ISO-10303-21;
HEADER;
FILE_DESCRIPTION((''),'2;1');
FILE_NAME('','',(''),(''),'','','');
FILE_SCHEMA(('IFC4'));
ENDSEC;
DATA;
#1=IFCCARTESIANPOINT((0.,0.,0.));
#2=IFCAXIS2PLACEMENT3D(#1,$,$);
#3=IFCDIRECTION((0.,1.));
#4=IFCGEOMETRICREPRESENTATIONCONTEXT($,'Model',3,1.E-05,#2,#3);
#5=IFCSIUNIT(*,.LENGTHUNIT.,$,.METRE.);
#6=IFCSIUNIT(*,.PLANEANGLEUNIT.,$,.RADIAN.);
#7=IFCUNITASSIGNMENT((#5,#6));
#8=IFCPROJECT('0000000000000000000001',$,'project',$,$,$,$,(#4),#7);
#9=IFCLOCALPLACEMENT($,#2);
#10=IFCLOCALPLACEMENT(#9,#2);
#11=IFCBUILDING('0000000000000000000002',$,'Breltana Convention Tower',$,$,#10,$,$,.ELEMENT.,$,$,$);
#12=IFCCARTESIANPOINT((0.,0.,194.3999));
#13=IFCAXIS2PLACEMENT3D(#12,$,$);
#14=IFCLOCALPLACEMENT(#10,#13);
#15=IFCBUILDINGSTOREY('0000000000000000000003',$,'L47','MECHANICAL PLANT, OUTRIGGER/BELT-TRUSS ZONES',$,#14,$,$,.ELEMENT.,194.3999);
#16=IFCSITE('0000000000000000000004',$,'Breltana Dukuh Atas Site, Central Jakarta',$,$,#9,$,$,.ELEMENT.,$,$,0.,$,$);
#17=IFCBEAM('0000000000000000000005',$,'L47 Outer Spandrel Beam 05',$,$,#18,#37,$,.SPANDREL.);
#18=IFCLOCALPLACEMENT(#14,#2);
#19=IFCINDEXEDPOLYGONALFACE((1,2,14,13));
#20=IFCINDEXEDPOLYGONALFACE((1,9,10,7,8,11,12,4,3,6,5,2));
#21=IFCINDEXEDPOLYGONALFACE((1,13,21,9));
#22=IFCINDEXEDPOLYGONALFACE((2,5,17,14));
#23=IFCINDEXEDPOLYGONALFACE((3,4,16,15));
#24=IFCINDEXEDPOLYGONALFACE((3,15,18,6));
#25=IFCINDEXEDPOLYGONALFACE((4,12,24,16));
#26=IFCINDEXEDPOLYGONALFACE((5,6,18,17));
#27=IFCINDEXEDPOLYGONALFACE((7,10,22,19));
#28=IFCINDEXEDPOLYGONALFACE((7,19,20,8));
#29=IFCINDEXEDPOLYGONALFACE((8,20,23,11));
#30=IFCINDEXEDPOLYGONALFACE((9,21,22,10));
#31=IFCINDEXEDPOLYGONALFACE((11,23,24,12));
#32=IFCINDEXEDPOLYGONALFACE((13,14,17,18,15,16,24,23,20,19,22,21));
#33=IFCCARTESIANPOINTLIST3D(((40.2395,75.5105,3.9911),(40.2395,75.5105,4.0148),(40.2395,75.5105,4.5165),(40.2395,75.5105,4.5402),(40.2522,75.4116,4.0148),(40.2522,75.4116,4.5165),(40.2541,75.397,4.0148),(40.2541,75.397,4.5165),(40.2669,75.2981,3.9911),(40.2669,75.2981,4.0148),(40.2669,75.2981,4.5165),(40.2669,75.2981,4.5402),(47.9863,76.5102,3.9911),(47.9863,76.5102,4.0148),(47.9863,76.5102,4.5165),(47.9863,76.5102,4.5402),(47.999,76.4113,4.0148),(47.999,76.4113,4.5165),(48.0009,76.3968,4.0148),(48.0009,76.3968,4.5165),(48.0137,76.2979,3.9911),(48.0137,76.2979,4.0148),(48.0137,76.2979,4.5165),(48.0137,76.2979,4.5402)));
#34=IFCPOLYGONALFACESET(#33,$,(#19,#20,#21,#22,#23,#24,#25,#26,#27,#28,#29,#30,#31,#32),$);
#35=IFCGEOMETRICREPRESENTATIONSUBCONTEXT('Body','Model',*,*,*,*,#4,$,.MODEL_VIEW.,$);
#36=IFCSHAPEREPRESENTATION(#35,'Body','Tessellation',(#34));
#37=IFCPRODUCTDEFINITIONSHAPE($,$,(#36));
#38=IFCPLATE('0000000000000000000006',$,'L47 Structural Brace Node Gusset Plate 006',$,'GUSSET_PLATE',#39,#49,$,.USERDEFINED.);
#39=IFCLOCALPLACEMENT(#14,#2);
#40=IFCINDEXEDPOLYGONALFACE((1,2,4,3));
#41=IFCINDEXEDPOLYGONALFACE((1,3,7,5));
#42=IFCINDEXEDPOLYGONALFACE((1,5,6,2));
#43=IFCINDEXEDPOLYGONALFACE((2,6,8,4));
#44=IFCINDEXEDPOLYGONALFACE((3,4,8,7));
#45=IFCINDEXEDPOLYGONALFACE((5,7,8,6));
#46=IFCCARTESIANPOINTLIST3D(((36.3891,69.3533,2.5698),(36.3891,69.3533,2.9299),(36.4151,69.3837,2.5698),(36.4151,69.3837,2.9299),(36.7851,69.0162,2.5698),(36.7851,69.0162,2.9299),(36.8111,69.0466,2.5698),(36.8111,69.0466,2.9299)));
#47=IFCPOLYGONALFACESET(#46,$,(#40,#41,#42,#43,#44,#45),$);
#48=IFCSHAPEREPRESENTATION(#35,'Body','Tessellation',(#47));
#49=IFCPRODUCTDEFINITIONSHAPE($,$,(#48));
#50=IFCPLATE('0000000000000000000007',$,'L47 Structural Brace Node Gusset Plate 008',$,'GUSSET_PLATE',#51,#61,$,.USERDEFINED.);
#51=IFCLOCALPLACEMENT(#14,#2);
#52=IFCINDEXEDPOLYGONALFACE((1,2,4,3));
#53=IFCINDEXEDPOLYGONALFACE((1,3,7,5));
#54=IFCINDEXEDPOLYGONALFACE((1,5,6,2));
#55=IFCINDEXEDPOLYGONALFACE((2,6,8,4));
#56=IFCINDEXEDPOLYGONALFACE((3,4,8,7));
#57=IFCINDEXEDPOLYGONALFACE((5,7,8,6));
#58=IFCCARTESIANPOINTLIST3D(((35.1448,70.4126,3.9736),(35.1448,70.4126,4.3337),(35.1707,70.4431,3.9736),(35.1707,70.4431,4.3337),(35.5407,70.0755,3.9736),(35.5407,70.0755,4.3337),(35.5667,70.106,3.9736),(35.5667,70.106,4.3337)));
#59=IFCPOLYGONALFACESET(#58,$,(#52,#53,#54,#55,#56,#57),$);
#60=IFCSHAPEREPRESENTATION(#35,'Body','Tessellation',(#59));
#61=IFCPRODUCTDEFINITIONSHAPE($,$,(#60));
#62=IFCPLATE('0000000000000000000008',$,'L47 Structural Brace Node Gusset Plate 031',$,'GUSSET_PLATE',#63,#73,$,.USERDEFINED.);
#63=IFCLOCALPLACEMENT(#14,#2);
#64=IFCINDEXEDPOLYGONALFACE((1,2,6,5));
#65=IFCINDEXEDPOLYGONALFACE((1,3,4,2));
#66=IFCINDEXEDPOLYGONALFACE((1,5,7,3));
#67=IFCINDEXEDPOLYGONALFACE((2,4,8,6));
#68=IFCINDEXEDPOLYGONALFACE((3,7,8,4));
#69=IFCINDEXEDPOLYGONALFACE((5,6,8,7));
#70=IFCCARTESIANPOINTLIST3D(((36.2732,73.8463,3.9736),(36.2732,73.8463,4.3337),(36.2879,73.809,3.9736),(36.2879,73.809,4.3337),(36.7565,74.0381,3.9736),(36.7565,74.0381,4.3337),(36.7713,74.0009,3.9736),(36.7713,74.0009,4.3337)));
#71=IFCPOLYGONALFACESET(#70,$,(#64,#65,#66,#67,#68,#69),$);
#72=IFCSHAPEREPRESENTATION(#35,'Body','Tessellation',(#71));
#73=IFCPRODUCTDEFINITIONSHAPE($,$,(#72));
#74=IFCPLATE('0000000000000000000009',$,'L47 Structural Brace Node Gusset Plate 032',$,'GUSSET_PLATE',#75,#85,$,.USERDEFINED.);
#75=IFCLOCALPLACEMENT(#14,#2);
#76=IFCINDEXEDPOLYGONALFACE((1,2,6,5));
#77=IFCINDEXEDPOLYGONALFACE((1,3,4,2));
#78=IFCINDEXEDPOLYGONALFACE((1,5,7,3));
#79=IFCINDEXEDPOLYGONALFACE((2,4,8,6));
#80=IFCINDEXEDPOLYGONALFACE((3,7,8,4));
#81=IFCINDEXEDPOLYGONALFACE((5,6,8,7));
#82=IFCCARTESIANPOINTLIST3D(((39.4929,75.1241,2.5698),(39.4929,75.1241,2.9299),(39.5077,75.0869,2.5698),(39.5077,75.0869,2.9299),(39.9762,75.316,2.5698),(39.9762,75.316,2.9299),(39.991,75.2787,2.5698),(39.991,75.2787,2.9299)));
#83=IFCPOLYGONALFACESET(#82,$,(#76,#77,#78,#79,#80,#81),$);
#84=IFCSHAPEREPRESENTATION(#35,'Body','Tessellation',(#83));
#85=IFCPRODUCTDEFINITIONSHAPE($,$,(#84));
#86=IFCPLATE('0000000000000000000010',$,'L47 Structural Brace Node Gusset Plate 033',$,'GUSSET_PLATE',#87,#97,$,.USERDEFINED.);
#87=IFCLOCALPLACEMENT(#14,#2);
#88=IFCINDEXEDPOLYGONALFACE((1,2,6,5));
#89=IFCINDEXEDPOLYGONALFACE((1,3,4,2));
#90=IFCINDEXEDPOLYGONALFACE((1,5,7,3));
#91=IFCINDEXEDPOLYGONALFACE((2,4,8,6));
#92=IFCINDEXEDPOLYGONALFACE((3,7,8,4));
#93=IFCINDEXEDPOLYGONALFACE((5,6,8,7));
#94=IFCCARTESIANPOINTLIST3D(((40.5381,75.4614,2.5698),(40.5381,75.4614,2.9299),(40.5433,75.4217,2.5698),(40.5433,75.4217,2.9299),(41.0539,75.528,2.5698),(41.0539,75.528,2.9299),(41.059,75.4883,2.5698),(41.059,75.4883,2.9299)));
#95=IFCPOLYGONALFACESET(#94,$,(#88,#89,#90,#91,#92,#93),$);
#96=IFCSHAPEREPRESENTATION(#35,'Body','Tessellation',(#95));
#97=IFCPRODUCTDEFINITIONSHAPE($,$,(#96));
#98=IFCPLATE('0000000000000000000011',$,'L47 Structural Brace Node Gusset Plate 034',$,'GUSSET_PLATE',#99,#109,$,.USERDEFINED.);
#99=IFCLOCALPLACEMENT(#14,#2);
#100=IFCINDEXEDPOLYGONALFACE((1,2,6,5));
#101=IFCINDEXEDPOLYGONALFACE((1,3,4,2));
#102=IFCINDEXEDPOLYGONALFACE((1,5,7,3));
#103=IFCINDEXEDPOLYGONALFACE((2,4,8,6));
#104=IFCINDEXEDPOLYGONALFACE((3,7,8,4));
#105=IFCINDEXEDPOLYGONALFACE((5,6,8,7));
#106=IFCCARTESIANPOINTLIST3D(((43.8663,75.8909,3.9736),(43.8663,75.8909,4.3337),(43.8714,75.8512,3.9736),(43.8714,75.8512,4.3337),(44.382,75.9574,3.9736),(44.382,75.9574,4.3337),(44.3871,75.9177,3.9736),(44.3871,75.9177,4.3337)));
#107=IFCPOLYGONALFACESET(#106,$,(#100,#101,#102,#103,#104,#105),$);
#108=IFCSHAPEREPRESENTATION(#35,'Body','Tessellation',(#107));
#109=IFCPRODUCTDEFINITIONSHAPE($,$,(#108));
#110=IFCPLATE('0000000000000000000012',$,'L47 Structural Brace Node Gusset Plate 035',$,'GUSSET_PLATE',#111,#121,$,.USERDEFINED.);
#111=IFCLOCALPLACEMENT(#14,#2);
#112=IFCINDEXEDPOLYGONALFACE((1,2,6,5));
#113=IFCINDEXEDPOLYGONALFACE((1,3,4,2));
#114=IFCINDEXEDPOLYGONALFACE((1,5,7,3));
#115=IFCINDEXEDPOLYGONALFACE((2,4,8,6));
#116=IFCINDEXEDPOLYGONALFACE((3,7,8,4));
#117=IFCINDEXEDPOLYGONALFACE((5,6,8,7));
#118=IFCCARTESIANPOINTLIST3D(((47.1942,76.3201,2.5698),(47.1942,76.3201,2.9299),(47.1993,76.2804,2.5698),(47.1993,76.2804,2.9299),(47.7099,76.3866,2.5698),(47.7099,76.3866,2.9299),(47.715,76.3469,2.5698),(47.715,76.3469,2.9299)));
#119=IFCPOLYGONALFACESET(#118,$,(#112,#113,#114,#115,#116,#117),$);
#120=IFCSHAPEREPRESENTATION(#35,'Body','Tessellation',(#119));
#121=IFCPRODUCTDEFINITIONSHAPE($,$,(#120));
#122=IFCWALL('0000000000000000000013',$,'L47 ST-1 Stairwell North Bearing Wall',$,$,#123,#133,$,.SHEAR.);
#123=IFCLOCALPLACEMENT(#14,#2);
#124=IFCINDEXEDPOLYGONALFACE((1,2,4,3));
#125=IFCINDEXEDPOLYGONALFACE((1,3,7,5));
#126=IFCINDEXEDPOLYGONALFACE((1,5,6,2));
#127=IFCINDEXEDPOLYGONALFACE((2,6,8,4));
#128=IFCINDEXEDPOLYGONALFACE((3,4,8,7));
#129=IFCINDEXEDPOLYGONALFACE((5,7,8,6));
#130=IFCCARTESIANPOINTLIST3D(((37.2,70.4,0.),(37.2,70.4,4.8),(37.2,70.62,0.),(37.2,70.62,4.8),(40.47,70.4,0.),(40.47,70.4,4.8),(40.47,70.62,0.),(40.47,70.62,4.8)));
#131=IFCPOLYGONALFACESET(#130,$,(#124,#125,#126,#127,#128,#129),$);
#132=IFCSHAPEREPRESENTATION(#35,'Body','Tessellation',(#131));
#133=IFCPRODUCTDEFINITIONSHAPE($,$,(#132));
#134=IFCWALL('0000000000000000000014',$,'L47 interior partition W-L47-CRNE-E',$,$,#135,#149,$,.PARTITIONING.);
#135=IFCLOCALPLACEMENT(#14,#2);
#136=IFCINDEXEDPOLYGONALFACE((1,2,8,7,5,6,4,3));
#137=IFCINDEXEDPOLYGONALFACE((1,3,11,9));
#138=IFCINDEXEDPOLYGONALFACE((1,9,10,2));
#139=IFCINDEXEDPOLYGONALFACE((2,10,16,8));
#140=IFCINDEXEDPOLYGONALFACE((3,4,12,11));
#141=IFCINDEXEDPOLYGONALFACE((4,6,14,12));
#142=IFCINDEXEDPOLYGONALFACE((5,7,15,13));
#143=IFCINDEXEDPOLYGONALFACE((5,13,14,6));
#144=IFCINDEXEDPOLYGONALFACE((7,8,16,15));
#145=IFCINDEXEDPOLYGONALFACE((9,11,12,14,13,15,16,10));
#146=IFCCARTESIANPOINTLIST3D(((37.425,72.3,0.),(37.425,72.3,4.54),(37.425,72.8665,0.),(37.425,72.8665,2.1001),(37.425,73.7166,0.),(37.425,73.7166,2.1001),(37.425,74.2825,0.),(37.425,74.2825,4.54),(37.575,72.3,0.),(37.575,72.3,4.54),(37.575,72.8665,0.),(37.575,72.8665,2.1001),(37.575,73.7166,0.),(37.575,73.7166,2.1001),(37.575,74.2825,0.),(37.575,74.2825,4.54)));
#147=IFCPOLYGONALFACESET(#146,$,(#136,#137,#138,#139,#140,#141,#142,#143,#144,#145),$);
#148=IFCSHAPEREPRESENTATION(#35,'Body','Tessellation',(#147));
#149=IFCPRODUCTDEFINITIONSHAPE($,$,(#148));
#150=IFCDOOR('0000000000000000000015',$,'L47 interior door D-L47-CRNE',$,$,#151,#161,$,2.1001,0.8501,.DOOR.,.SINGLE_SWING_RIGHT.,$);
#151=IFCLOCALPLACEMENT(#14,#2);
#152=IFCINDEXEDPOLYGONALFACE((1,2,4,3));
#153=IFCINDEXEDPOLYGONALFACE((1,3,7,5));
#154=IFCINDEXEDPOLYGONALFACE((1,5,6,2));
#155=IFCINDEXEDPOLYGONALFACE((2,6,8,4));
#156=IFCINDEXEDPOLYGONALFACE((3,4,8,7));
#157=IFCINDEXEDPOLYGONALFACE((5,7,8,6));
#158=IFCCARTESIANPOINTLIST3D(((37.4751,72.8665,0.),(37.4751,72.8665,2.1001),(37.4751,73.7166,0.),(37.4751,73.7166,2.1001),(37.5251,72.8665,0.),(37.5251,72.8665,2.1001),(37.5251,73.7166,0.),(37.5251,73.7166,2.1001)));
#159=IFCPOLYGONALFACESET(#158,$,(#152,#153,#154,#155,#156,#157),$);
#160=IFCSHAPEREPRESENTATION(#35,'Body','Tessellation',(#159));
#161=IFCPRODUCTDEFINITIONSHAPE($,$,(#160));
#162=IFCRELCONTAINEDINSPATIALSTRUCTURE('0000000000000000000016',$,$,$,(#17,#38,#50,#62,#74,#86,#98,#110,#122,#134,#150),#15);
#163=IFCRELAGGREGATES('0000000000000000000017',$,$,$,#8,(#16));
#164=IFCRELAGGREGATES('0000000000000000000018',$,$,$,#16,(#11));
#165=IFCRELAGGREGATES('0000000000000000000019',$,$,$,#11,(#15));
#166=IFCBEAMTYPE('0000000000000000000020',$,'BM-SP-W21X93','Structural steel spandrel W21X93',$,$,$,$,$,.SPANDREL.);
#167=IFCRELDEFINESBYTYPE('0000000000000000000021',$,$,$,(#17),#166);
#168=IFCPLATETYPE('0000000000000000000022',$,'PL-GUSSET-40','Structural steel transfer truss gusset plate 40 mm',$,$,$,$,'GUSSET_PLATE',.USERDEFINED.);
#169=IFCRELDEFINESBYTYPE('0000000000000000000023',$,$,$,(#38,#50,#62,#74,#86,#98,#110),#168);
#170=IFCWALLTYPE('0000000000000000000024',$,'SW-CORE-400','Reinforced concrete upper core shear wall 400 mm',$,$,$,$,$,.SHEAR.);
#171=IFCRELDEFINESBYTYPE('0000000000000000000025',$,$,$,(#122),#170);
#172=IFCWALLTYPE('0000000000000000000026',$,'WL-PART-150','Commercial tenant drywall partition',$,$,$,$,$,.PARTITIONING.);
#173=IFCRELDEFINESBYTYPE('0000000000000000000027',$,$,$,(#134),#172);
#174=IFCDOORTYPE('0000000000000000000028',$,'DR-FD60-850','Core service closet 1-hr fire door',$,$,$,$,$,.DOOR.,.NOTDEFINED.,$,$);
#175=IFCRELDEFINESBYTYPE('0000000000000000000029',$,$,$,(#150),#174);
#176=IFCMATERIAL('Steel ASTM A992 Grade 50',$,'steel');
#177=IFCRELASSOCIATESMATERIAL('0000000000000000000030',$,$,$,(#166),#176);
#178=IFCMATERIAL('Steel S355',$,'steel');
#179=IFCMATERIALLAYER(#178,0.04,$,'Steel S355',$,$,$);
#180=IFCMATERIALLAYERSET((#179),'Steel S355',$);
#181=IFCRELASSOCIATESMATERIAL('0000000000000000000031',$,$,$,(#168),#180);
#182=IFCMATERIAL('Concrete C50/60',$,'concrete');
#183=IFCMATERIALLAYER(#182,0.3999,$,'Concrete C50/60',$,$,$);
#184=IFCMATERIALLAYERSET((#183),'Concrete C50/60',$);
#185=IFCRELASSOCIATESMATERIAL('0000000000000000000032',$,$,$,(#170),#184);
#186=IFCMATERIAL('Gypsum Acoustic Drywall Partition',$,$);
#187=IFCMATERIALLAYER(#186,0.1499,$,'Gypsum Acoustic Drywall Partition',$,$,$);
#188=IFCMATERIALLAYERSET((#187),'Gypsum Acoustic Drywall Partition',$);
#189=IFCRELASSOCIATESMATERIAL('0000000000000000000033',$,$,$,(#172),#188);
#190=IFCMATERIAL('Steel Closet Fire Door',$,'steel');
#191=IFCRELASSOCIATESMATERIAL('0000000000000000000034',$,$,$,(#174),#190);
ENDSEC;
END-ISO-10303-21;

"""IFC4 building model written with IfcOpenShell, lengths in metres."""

from ifc_helpers import new_model, si_unit, direction, frame, frame_2d, origin, origin_2d, place, context, subcontext, project, spatial, rectangle, i_section, extrude, source, transform, mapped, material, layer, layer_set, material_profile, profile_set, type_object, type_shapes, element, fill, save


model = new_model("IFC4")

# Units and contexts
model_context = context("Model", 3, precision=1e-05, world=origin(), true_north=direction((0.0, 1.0)))
body_context = subcontext(model_context, "Body", "Model", "MODEL_VIEW")
ifc_project = project(units=[si_unit("LENGTHUNIT", "METRE"), si_unit("PLANEANGLEUNIT", "RADIAN")], contexts=[model_context])

# Site, building, storey
site_placement = place(None, origin())
site = spatial("IfcSite", under=ifc_project, at=site_placement, Name="Breltana Dukuh Atas Site, Central Jakarta", CompositionType="ELEMENT", RefElevation=0.0)
building_placement = place(site_placement, origin())
building = spatial("IfcBuilding", under=site, at=building_placement, Name="Breltana Convention Tower", CompositionType="ELEMENT")
storey_placement = place(building_placement, frame((0.0, 0.0, 194.3999)))
storey = spatial("IfcBuildingStorey", under=building, at=storey_placement, Name="L47", Description="MECHANICAL PLANT, OUTRIGGER/BELT-TRUSS ZONES", CompositionType="ELEMENT", Elevation=194.3999)

# Shared definitions
ifc_material_1 = material(Name="Steel ASTM A992 Grade 50", Category="steel")

# Beam
ifc_material_profile_1 = material_profile(ifc_material_1, i_section(OverallWidth=0.2141, OverallDepth=0.5491, WebThickness=0.0146, FlangeThickness=0.0237, at=origin_2d()), Name="W21X93")
ifc_profile_set_1 = profile_set([ifc_material_profile_1], Name="Steel ASTM A992 Grade 50")
beam_type_1 = type_object("IfcBeamType", Name="BM-SP-W21X93", Description="Structural steel spandrel W21X93", PredefinedType="SPANDREL", material=ifc_profile_set_1)
shared_shape_1 = source(origin(), body_context, "Body", "SweptSolid", [
    extrude(i_section(OverallWidth=0.2141, OverallDepth=0.5491, WebThickness=0.0146, FlangeThickness=0.0237, at=origin_2d()), origin(), (0.0, 0.0, 1.0), 7.811),
])
beam_1_placement = place(storey_placement, frame((40.2532, 75.4043, 4.2656), z_axis=(0.991775, 0.127992, 0.0), x_axis=(-0.127992, 0.991775, 0.0)))
element("IfcBeam", 1, at=beam_1_placement, inside=storey, type_object=beam_type_1, Name="L47 Outer Spandrel Beam 05", PredefinedType="SPANDREL", context=body_context, shape_type="MappedRepresentation", body=[
    mapped(shared_shape_1, transform((0.0, 0.0, 0.0), scale=1.0)),
])

# Plates
ifc_material_2 = material(Name="Steel S355", Category="steel")
ifc_layer_1 = layer(ifc_material_2, 0.04, Name="Steel S355")
ifc_layer_set_1 = layer_set([ifc_layer_1], Name="Steel S355")
plate_type = type_object("IfcPlateType", Name="PL-GUSSET-40", Description="Structural steel transfer truss gusset plate 40 mm", ElementType="GUSSET_PLATE", PredefinedType="USERDEFINED", material=ifc_layer_set_1)
shared_shape_2 = source(origin(), body_context, "Body", "SweptSolid", [
    extrude(rectangle(XDim=0.52, YDim=0.04, at=origin_2d()), origin(), (0.0, 0.0, 1.0), 0.3601),
])
for number, where, z_axis, x_axis, name in (
    (2, (36.6001, 69.2, 2.5698), (0.0, 0.0, 1.0), (-0.761425, 0.648253, 0.0), "L47 Structural Brace Node Gusset Plate 006"),
    (3, (35.3557, 70.2593, 3.9736), (0.0, 0.0, 1.0), (-0.761425, 0.648253, 0.0), "L47 Structural Brace Node Gusset Plate 008"),
    (4, (36.5222, 73.9236, 3.9736), (0.0, 0.0, 1.0), (0.929455, 0.368936, 0.0), "L47 Structural Brace Node Gusset Plate 031"),
    (5, (39.7419, 75.2014, 2.5698), (0.0, 0.0, 1.0), (0.929455, 0.368936, 0.0), "L47 Structural Brace Node Gusset Plate 032"),
    (6, (40.7986, 75.4749, 2.5698), (0.0, 0.0, 1.0), (0.991783, 0.12793, 0.0), "L47 Structural Brace Node Gusset Plate 033"),
    (7, (44.1267, 75.9043, 3.9736), (0.0, 0.0, 1.0), (0.991783, 0.12793, 0.0), "L47 Structural Brace Node Gusset Plate 034"),
    (8, (47.4546, 76.3335, 2.5698), (0.0, 0.0, 1.0), (0.991783, 0.12793, 0.0), "L47 Structural Brace Node Gusset Plate 035"),
):
    element("IfcPlate", number, at=place(storey_placement, frame(where, z_axis=z_axis, x_axis=x_axis)), inside=storey, type_object=plate_type, Name=name, ObjectType="GUSSET_PLATE", PredefinedType="USERDEFINED", context=body_context, shape_type="MappedRepresentation", body=[
        mapped(shared_shape_2, transform((0.0, 0.0, 0.0), scale=1.0)),
    ])

# Wall
ifc_material_3 = material(Name="Concrete C50/60", Category="concrete")
ifc_layer_2 = layer(ifc_material_3, 0.3999, Name="Concrete C50/60")
ifc_layer_set_2 = layer_set([ifc_layer_2], Name="Concrete C50/60")
wall_type_1 = type_object("IfcWallType", Name="SW-CORE-400", Description="Reinforced concrete upper core shear wall 400 mm", PredefinedType="SHEAR", material=ifc_layer_set_2)
shared_shape_3 = source(origin(), body_context, "Body", "SweptSolid", [
    extrude(rectangle(XDim=3.27, YDim=0.22, at=frame_2d((1.635, 0.0))), origin(), (0.0, 0.0, 1.0), 4.8),
])
wall_1_placement = place(storey_placement, frame((37.2, 70.51, 0.0), z_axis=(0.0, 0.0, 1.0), x_axis=(1.0, 0.0, 0.0)))
element("IfcWall", 9, at=wall_1_placement, inside=storey, type_object=wall_type_1, Name="L47 ST-1 Stairwell North Bearing Wall", PredefinedType="SHEAR", context=body_context, shape_type="MappedRepresentation", body=[
    mapped(shared_shape_3, transform((0.0, 0.0, 0.0), scale=1.0)),
])

# Wall, opening, door
ifc_material_4 = material(Name="Gypsum Acoustic Drywall Partition")
ifc_layer_3 = layer(ifc_material_4, 0.1499, Name="Gypsum Acoustic Drywall Partition")
ifc_layer_set_3 = layer_set([ifc_layer_3], Name="Gypsum Acoustic Drywall Partition")
wall_type_2 = type_object("IfcWallType", Name="WL-PART-150", Description="Commercial tenant drywall partition", PredefinedType="PARTITIONING", material=ifc_layer_set_3)
shared_shape_4 = source(origin(), body_context, "Body", "SweptSolid", [
    extrude(rectangle(XDim=1.9824, YDim=0.1499, at=frame_2d((0.9912, 0.0))), origin(), (0.0, 0.0, 1.0), 4.54),
])
wall_2_placement = place(storey_placement, frame((37.5, 72.3, 0.0), z_axis=(0.0, 0.0, 1.0), x_axis=(0.0, 1.0, 0.0)))
wall_2 = element("IfcWall", 10, at=wall_2_placement, inside=storey, type_object=wall_type_2, Name="L47 interior partition W-L47-CRNE-E", PredefinedType="PARTITIONING", context=body_context, shape_type="MappedRepresentation", body=[
    mapped(shared_shape_4, transform((0.0, 0.0, 0.0), scale=1.0)),
])
opening_1_placement = place(wall_2_placement, frame((0.5664, 0.0, 0.0)))
opening_1 = element("IfcOpeningElement", 11, at=opening_1_placement, cuts=wall_2, PredefinedType="OPENING", context=body_context, shape_type="SweptSolid", body=[
    extrude(rectangle(XDim=0.8501, YDim=2.1001, at=frame_2d((0.425, 1.05))), frame((0.0, 0.085, 0.0), z_axis=(0.0, -1.0, 0.0), x_axis=(1.0, 0.0, 0.0)), (0.0, 0.0, 1.0), 0.1699),
])
ifc_material_5 = material(Name="Steel Closet Fire Door", Category="steel")
door_type_1 = type_object("IfcDoorType", Name="DR-FD60-850", Description="Core service closet 1-hr fire door", OperationType="NOTDEFINED", PredefinedType="DOOR", material=ifc_material_5)
shared_shape_5 = source(origin(), body_context, "Body", "SweptSolid", [
    extrude(rectangle(XDim=0.8501, YDim=2.1001, at=frame_2d((0.425, 1.05))), frame((0.0, 0.0249, 0.0), z_axis=(0.0, -1.0, 0.0), x_axis=(1.0, 0.0, 0.0)), (0.0, 0.0, 1.0), 0.05),
])
type_shapes(door_type_1, [shared_shape_5])
door_1_placement = place(opening_1_placement, origin())
door_1 = element("IfcDoor", 12, at=door_1_placement, inside=storey, type_object=door_type_1, Name="L47 interior door D-L47-CRNE", OperationType="SINGLE_SWING_RIGHT", OverallHeight=2.1001, OverallWidth=0.8501, PredefinedType="DOOR", context=body_context, shape_type="MappedRepresentation", body=[
    mapped(shared_shape_5, transform((0.0, 0.0, 0.0), scale=1.0)),
])
fill(opening_1, door_1)

save(model, "model.ifc")
